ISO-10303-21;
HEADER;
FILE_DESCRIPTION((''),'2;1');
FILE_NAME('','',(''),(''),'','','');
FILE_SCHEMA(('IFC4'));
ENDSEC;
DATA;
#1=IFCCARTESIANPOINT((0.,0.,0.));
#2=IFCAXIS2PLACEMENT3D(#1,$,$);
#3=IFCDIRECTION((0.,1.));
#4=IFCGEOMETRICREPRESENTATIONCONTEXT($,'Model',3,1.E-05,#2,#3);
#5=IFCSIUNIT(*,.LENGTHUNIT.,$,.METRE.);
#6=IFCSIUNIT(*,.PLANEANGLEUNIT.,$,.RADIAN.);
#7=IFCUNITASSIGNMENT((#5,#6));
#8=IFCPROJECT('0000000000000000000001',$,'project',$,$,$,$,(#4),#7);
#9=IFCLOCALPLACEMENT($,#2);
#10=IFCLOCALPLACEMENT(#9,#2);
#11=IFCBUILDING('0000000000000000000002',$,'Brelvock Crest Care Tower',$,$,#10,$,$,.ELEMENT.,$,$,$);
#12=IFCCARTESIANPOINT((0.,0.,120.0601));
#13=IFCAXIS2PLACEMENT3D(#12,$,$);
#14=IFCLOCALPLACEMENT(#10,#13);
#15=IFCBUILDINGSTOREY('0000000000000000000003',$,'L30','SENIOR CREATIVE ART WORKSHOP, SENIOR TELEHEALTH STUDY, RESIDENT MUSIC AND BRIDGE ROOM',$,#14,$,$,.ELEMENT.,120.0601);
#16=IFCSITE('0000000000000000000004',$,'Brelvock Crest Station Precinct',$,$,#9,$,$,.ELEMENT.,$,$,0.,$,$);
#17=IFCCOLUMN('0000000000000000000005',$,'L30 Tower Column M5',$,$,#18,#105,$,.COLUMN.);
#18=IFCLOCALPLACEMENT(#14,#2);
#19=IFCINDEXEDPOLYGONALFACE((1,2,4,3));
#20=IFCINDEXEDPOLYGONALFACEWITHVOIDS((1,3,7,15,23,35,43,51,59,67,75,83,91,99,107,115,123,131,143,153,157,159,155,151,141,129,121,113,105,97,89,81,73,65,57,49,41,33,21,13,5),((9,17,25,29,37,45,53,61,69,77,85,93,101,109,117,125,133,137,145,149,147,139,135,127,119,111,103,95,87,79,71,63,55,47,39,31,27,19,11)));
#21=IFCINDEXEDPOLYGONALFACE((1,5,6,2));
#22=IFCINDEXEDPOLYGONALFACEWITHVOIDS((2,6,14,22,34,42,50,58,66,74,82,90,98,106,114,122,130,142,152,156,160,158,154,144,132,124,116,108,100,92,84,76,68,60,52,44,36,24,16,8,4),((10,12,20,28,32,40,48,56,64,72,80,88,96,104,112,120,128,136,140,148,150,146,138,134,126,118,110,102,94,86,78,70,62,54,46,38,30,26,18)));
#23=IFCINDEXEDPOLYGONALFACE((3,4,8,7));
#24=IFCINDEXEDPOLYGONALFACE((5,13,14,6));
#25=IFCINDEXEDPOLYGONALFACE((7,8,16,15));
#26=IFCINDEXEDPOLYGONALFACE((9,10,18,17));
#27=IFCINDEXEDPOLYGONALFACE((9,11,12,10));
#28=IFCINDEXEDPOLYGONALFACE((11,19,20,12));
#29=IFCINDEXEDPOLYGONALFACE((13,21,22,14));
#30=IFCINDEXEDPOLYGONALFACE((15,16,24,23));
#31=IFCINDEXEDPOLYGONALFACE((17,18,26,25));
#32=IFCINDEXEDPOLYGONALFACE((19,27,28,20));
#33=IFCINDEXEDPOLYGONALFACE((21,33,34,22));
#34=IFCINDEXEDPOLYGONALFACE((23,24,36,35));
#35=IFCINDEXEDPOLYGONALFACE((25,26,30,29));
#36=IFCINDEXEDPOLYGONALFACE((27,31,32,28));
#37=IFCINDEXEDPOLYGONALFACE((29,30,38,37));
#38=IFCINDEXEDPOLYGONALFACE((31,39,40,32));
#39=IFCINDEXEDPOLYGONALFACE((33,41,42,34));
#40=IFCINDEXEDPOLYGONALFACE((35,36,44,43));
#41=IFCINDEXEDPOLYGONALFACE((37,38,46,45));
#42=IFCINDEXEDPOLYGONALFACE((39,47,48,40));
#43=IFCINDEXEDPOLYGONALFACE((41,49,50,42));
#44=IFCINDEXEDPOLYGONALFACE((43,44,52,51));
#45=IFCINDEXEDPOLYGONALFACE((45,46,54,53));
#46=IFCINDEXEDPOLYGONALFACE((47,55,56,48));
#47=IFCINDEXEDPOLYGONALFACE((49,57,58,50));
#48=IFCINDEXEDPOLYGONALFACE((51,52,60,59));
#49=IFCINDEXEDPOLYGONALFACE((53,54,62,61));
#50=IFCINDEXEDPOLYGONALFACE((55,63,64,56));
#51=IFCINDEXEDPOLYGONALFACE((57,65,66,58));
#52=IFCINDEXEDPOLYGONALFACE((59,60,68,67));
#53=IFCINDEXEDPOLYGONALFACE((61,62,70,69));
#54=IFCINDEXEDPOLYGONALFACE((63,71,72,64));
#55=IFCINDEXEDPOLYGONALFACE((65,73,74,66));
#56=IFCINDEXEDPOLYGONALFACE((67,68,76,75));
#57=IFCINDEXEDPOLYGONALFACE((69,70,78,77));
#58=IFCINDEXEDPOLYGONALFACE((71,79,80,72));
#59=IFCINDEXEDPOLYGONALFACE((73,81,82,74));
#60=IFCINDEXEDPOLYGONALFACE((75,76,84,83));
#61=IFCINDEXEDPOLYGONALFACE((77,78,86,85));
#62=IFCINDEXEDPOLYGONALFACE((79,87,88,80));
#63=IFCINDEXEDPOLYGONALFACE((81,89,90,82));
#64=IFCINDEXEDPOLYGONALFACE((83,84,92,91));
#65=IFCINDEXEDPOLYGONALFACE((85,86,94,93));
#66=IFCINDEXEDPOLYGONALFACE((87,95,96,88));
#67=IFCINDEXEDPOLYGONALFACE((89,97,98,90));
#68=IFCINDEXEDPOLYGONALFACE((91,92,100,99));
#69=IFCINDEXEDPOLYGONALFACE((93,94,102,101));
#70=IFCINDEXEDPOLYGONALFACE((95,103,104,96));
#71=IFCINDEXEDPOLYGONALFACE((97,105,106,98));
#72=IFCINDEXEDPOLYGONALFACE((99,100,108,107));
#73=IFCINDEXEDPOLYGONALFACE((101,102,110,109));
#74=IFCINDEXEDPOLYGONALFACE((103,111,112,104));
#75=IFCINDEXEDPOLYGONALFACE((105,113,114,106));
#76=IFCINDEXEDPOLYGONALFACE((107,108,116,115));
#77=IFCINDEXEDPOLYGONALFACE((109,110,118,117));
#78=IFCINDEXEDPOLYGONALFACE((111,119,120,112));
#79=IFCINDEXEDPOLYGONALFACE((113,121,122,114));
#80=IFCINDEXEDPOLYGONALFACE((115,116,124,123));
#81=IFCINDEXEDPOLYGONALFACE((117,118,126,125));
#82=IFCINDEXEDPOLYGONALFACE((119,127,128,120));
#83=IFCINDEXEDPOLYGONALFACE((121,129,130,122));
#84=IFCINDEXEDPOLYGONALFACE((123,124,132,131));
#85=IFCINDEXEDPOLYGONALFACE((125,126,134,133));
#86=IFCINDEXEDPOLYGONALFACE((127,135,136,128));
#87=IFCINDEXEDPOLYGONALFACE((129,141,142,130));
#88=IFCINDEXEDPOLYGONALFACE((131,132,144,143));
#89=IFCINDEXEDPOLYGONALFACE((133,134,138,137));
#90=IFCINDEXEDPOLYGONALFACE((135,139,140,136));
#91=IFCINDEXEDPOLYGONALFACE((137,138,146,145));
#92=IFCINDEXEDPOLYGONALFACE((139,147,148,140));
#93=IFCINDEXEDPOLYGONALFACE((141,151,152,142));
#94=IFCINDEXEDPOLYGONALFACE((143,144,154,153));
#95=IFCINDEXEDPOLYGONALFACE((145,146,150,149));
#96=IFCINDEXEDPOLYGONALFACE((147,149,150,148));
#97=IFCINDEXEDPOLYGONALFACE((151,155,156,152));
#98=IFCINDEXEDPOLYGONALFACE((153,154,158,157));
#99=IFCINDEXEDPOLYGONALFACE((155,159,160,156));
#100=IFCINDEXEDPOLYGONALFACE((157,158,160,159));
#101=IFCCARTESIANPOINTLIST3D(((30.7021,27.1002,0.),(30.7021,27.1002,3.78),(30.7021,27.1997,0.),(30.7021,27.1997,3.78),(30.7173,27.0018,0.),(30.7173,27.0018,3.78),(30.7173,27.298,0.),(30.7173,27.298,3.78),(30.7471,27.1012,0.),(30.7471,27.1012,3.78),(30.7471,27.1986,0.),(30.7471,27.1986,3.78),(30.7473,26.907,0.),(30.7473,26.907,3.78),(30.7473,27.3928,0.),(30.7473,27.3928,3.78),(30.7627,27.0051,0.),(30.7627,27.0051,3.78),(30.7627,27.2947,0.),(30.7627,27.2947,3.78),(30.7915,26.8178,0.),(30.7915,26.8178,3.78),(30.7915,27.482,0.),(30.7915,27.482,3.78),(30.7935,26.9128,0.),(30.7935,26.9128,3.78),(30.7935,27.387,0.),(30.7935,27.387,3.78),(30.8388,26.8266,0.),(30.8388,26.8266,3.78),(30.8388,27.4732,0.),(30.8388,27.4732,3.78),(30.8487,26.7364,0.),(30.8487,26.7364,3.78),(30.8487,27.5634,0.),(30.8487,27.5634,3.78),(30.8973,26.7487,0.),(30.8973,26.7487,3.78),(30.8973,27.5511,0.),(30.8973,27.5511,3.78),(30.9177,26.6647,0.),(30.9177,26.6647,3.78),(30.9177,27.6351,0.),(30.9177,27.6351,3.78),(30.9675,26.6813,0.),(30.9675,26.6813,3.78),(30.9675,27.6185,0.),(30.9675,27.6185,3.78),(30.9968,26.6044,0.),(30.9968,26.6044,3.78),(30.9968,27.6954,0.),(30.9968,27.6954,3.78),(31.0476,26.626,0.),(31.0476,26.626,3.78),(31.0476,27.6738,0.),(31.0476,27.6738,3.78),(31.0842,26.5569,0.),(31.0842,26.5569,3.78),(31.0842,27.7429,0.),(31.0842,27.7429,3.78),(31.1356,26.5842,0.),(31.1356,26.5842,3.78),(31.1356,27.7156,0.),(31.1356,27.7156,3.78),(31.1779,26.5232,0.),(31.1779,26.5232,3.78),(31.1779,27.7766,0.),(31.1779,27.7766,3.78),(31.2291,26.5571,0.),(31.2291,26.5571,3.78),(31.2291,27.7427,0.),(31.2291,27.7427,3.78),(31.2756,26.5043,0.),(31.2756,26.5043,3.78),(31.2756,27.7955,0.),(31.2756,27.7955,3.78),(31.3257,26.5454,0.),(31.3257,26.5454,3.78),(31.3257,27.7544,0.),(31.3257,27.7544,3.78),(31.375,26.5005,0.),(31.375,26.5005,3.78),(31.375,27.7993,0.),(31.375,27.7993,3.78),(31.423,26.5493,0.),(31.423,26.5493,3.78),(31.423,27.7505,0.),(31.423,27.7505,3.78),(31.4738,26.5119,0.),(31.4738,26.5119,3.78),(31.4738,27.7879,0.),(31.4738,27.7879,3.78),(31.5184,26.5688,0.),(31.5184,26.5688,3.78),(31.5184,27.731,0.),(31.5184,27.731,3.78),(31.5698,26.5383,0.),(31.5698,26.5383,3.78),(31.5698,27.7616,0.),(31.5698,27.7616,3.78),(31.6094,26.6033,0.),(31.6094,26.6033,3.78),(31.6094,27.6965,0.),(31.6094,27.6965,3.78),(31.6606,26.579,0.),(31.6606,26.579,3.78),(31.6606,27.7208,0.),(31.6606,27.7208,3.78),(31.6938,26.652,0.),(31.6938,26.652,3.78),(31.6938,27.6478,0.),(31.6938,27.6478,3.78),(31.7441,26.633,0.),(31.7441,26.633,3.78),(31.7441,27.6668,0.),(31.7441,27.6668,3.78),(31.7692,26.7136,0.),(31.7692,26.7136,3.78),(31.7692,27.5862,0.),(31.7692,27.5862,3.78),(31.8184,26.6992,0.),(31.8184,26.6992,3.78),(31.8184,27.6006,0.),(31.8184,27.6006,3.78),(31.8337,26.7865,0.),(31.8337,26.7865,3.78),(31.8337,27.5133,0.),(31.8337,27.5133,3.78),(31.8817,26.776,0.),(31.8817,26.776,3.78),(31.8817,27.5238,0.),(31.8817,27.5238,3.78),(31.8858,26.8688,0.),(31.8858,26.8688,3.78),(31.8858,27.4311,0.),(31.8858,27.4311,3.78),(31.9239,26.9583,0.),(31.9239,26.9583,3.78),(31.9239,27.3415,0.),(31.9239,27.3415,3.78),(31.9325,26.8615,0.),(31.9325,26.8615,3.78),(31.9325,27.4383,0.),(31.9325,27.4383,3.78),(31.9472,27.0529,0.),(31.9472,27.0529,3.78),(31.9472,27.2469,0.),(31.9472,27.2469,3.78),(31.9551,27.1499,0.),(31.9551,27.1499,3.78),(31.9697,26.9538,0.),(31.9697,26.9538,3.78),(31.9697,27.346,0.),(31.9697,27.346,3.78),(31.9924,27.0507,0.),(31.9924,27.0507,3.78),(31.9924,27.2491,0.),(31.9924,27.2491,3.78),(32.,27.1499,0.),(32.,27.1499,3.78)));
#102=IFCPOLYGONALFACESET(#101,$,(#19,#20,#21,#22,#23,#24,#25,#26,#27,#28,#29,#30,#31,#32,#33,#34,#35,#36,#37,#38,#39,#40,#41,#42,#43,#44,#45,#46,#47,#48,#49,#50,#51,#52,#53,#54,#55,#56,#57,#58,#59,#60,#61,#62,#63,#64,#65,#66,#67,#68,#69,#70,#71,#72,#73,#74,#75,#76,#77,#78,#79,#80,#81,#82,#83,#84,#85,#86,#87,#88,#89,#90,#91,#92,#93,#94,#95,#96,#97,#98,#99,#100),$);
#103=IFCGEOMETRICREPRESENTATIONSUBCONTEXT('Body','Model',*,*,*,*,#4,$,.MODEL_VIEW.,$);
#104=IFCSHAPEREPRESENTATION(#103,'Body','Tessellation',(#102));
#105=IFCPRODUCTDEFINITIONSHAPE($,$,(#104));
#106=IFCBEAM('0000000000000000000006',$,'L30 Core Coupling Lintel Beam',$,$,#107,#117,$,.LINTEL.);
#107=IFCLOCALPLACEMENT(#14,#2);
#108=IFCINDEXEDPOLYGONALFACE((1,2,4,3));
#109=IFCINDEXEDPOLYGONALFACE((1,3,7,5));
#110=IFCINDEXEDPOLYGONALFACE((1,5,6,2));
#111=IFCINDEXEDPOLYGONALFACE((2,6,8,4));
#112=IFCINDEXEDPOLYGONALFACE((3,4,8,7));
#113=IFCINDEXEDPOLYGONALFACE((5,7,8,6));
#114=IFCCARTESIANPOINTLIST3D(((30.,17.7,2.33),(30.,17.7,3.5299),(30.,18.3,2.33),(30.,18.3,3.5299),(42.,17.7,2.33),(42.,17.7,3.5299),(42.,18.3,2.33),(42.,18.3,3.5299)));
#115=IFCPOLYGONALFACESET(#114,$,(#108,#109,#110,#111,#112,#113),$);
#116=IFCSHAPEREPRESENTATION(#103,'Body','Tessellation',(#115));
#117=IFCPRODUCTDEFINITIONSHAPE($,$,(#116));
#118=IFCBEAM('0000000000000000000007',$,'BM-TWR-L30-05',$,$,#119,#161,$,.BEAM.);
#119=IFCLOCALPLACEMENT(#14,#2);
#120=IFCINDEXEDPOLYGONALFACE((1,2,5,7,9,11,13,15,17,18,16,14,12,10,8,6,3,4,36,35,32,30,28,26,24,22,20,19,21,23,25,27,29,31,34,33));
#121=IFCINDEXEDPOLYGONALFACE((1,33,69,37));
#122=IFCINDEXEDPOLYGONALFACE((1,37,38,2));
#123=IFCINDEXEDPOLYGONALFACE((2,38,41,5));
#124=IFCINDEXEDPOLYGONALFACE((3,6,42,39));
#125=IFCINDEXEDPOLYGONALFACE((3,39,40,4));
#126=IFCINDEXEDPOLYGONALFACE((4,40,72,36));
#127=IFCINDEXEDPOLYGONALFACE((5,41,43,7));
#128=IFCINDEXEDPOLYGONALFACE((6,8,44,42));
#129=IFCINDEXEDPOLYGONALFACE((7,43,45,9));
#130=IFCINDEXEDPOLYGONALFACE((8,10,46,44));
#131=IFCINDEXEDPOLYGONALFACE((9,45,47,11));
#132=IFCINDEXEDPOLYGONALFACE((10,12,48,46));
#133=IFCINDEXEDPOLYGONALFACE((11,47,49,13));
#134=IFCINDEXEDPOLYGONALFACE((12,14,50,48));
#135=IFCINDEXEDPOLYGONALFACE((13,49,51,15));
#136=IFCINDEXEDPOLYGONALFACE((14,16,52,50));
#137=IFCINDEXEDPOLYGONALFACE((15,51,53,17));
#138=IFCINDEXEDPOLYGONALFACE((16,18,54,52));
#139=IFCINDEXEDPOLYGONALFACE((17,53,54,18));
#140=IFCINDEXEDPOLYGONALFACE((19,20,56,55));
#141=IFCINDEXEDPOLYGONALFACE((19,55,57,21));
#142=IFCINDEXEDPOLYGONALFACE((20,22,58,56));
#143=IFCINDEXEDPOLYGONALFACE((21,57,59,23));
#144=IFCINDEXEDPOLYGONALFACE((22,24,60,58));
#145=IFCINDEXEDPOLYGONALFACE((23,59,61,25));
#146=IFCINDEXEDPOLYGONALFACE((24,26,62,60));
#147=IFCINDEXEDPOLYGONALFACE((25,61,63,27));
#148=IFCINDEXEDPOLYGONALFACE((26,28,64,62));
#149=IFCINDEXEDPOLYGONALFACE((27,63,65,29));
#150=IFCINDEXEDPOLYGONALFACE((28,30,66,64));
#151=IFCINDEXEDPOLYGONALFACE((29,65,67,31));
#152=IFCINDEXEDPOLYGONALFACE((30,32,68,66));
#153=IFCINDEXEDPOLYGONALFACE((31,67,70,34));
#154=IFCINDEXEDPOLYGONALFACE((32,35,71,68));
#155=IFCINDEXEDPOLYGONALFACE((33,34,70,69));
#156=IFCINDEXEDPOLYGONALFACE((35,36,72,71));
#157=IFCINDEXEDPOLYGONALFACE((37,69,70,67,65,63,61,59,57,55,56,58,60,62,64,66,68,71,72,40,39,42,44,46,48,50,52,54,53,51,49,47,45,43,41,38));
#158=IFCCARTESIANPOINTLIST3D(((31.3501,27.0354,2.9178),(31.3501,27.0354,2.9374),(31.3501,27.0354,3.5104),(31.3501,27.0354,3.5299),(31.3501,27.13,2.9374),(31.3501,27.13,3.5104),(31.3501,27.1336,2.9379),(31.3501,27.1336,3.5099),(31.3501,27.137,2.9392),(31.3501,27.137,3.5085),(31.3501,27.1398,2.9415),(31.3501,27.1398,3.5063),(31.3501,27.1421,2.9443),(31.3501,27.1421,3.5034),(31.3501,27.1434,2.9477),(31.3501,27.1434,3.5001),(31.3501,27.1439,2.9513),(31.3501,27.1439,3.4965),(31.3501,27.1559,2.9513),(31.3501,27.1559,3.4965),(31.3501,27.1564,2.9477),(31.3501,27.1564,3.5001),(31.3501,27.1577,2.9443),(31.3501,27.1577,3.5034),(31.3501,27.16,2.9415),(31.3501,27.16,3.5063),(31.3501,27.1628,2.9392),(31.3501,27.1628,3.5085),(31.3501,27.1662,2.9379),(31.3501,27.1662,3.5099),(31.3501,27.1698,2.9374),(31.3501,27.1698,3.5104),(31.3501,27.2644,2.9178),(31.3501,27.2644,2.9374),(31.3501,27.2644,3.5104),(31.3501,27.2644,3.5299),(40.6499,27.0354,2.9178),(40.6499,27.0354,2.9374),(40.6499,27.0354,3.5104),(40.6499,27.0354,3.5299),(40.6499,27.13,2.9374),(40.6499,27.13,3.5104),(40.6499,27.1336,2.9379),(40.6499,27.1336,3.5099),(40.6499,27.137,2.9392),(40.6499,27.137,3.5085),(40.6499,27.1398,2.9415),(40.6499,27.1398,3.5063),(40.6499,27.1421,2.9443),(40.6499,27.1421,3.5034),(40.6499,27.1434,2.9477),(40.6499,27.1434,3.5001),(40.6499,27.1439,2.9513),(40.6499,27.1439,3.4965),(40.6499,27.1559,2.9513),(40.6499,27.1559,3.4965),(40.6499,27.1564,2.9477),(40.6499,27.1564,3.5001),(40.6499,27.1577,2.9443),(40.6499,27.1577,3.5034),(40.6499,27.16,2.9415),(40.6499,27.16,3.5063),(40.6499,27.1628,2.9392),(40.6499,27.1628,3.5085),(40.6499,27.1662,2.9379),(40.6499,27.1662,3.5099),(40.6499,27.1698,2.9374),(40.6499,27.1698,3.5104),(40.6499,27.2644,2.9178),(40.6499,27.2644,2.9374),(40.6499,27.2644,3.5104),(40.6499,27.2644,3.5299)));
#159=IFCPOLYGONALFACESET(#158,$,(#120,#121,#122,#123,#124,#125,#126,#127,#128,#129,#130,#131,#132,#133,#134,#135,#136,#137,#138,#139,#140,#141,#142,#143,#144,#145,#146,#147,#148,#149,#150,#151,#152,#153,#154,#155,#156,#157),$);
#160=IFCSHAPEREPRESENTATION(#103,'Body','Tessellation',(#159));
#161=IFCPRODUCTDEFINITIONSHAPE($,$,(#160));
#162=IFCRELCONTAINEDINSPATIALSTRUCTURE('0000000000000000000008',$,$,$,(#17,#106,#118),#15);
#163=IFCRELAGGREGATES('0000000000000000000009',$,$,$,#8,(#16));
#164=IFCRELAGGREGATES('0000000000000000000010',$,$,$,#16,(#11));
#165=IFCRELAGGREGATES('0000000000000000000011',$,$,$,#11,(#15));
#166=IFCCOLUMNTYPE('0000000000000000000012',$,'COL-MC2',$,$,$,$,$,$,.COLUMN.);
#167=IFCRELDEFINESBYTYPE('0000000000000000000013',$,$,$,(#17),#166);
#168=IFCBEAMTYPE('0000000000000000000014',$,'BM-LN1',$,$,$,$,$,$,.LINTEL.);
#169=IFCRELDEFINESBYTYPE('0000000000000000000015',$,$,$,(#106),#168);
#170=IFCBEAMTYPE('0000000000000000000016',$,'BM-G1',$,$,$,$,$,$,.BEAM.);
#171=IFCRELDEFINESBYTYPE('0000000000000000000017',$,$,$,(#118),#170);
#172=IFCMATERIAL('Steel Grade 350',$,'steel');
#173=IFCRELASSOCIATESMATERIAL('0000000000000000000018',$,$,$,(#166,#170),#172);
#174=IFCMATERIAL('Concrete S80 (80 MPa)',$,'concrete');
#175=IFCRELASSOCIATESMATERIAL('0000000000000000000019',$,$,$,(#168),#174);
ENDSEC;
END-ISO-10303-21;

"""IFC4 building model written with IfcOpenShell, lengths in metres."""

from ifc_helpers import new_model, si_unit, direction, frame, origin, origin_2d, place, context, subcontext, project, spatial, rectangle, hollow_circle, i_section, extrude, source, transform, mapped, material, material_profile, profile_set, type_object, element, save


model = new_model("IFC4")

# Units and contexts
model_context = context("Model", 3, precision=1e-05, world=origin(), true_north=direction((0.0, 1.0)))
body_context = subcontext(model_context, "Body", "Model", "MODEL_VIEW")
ifc_project = project(units=[si_unit("LENGTHUNIT", "METRE"), si_unit("PLANEANGLEUNIT", "RADIAN")], contexts=[model_context])

# Site, building, storey
site_placement = place(None, origin())
site = spatial("IfcSite", under=ifc_project, at=site_placement, Name="Brelvock Crest Station Precinct", CompositionType="ELEMENT", RefElevation=0.0)
building_placement = place(site_placement, origin())
building = spatial("IfcBuilding", under=site, at=building_placement, Name="Brelvock Crest Care Tower", CompositionType="ELEMENT")
storey_placement = place(building_placement, frame((0.0, 0.0, 120.0601)))
storey = spatial("IfcBuildingStorey", under=building, at=storey_placement, Name="L30", Description="SENIOR CREATIVE ART WORKSHOP, SENIOR TELEHEALTH STUDY, RESIDENT MUSIC AND BRIDGE ROOM", CompositionType="ELEMENT", Elevation=120.0601)

# Column
ifc_material_1 = material(Name="Steel Grade 350", Category="steel")
ifc_material_profile_1 = material_profile(ifc_material_1, hollow_circle(Radius=0.6499, WallThickness=0.0449, at=origin_2d()), Name="CFT1300x45")
ifc_profile_set_1 = profile_set([ifc_material_profile_1], Name="Steel Grade 350")
column_type = type_object("IfcColumnType", Name="COL-MC2", PredefinedType="COLUMN", material=ifc_profile_set_1)
shared_shape_1 = source(origin(), body_context, "Body", "SweptSolid", [
    extrude(hollow_circle(Radius=0.6499, WallThickness=0.0449, at=origin_2d()), origin(), (0.0, 0.0, 1.0), 3.78),
])
column_placement = place(storey_placement, frame((31.3501, 27.1499, 0.0), z_axis=(0.0, 0.0, 1.0), x_axis=(1.0, 0.0, 0.0)))
element("IfcColumn", 1, at=column_placement, inside=storey, type_object=column_type, Name="L30 Tower Column M5", PredefinedType="COLUMN", context=body_context, shape_type="MappedRepresentation", body=[
    mapped(shared_shape_1, transform((0.0, 0.0, 0.0), x_axis=(1.0, 0.0, 0.0), y_axis=(0.0, 1.0, 0.0), z_axis=(0.0, 0.0, 1.0), scale=1.0)),
])

# Beams
ifc_material_2 = material(Name="Concrete S80 (80 MPa)", Category="concrete")
ifc_material_profile_2 = material_profile(ifc_material_2, rectangle(XDim=0.6001, YDim=1.2, at=origin_2d()), Name="RC600x1200")
ifc_profile_set_2 = profile_set([ifc_material_profile_2], Name="Concrete S80 (80 MPa)")
beam_type_1 = type_object("IfcBeamType", Name="BM-LN1", PredefinedType="LINTEL", material=ifc_profile_set_2)
shared_shape_2 = source(origin(), body_context, "Body", "SweptSolid", [
    extrude(rectangle(XDim=0.6001, YDim=1.2, at=origin_2d()), origin(), (0.0, 0.0, 1.0), 12.0),
])
beam_1_placement = place(storey_placement, frame((30.0, 18.0, 2.9299), z_axis=(1.0, 0.0, 0.0), x_axis=(0.0, 1.0, 0.0)))
element("IfcBeam", 2, at=beam_1_placement, inside=storey, type_object=beam_type_1, Name="L30 Core Coupling Lintel Beam", PredefinedType="LINTEL", context=body_context, shape_type="MappedRepresentation", body=[
    mapped(shared_shape_2, transform((0.0, 0.0, 0.0), x_axis=(1.0, 0.0, 0.0), y_axis=(0.0, 1.0, 0.0), z_axis=(0.0, 0.0, 1.0), scale=1.0)),
])
ifc_material_profile_3 = material_profile(ifc_material_1, i_section(OverallWidth=0.229, OverallDepth=0.6121, WebThickness=0.012, FlangeThickness=0.0195, FilletRadius=0.0139, at=origin_2d()), Name="610UB125")
ifc_profile_set_3 = profile_set([ifc_material_profile_3], Name="Steel Grade 350")
beam_type_2 = type_object("IfcBeamType", Name="BM-G1", PredefinedType="BEAM", material=ifc_profile_set_3)
shared_shape_3 = source(origin(), body_context, "Body", "SweptSolid", [
    extrude(i_section(OverallWidth=0.229, OverallDepth=0.6121, WebThickness=0.012, FlangeThickness=0.0195, FilletRadius=0.0139, at=origin_2d()), origin(), (0.0, 0.0, 1.0), 9.2998),
])
beam_2_placement = place(storey_placement, frame((31.3501, 27.1499, 3.2239), z_axis=(1.0, 0.0, 0.0), x_axis=(0.0, 1.0, 0.0)))
element("IfcBeam", 3, at=beam_2_placement, inside=storey, type_object=beam_type_2, Name="BM-TWR-L30-05", PredefinedType="BEAM", context=body_context, shape_type="MappedRepresentation", body=[
    mapped(shared_shape_3, transform((0.0, 0.0, 0.0), x_axis=(1.0, 0.0, 0.0), y_axis=(0.0, 1.0, 0.0), z_axis=(0.0, 0.0, 1.0), scale=1.0)),
])

save(model, "model.ifc")
